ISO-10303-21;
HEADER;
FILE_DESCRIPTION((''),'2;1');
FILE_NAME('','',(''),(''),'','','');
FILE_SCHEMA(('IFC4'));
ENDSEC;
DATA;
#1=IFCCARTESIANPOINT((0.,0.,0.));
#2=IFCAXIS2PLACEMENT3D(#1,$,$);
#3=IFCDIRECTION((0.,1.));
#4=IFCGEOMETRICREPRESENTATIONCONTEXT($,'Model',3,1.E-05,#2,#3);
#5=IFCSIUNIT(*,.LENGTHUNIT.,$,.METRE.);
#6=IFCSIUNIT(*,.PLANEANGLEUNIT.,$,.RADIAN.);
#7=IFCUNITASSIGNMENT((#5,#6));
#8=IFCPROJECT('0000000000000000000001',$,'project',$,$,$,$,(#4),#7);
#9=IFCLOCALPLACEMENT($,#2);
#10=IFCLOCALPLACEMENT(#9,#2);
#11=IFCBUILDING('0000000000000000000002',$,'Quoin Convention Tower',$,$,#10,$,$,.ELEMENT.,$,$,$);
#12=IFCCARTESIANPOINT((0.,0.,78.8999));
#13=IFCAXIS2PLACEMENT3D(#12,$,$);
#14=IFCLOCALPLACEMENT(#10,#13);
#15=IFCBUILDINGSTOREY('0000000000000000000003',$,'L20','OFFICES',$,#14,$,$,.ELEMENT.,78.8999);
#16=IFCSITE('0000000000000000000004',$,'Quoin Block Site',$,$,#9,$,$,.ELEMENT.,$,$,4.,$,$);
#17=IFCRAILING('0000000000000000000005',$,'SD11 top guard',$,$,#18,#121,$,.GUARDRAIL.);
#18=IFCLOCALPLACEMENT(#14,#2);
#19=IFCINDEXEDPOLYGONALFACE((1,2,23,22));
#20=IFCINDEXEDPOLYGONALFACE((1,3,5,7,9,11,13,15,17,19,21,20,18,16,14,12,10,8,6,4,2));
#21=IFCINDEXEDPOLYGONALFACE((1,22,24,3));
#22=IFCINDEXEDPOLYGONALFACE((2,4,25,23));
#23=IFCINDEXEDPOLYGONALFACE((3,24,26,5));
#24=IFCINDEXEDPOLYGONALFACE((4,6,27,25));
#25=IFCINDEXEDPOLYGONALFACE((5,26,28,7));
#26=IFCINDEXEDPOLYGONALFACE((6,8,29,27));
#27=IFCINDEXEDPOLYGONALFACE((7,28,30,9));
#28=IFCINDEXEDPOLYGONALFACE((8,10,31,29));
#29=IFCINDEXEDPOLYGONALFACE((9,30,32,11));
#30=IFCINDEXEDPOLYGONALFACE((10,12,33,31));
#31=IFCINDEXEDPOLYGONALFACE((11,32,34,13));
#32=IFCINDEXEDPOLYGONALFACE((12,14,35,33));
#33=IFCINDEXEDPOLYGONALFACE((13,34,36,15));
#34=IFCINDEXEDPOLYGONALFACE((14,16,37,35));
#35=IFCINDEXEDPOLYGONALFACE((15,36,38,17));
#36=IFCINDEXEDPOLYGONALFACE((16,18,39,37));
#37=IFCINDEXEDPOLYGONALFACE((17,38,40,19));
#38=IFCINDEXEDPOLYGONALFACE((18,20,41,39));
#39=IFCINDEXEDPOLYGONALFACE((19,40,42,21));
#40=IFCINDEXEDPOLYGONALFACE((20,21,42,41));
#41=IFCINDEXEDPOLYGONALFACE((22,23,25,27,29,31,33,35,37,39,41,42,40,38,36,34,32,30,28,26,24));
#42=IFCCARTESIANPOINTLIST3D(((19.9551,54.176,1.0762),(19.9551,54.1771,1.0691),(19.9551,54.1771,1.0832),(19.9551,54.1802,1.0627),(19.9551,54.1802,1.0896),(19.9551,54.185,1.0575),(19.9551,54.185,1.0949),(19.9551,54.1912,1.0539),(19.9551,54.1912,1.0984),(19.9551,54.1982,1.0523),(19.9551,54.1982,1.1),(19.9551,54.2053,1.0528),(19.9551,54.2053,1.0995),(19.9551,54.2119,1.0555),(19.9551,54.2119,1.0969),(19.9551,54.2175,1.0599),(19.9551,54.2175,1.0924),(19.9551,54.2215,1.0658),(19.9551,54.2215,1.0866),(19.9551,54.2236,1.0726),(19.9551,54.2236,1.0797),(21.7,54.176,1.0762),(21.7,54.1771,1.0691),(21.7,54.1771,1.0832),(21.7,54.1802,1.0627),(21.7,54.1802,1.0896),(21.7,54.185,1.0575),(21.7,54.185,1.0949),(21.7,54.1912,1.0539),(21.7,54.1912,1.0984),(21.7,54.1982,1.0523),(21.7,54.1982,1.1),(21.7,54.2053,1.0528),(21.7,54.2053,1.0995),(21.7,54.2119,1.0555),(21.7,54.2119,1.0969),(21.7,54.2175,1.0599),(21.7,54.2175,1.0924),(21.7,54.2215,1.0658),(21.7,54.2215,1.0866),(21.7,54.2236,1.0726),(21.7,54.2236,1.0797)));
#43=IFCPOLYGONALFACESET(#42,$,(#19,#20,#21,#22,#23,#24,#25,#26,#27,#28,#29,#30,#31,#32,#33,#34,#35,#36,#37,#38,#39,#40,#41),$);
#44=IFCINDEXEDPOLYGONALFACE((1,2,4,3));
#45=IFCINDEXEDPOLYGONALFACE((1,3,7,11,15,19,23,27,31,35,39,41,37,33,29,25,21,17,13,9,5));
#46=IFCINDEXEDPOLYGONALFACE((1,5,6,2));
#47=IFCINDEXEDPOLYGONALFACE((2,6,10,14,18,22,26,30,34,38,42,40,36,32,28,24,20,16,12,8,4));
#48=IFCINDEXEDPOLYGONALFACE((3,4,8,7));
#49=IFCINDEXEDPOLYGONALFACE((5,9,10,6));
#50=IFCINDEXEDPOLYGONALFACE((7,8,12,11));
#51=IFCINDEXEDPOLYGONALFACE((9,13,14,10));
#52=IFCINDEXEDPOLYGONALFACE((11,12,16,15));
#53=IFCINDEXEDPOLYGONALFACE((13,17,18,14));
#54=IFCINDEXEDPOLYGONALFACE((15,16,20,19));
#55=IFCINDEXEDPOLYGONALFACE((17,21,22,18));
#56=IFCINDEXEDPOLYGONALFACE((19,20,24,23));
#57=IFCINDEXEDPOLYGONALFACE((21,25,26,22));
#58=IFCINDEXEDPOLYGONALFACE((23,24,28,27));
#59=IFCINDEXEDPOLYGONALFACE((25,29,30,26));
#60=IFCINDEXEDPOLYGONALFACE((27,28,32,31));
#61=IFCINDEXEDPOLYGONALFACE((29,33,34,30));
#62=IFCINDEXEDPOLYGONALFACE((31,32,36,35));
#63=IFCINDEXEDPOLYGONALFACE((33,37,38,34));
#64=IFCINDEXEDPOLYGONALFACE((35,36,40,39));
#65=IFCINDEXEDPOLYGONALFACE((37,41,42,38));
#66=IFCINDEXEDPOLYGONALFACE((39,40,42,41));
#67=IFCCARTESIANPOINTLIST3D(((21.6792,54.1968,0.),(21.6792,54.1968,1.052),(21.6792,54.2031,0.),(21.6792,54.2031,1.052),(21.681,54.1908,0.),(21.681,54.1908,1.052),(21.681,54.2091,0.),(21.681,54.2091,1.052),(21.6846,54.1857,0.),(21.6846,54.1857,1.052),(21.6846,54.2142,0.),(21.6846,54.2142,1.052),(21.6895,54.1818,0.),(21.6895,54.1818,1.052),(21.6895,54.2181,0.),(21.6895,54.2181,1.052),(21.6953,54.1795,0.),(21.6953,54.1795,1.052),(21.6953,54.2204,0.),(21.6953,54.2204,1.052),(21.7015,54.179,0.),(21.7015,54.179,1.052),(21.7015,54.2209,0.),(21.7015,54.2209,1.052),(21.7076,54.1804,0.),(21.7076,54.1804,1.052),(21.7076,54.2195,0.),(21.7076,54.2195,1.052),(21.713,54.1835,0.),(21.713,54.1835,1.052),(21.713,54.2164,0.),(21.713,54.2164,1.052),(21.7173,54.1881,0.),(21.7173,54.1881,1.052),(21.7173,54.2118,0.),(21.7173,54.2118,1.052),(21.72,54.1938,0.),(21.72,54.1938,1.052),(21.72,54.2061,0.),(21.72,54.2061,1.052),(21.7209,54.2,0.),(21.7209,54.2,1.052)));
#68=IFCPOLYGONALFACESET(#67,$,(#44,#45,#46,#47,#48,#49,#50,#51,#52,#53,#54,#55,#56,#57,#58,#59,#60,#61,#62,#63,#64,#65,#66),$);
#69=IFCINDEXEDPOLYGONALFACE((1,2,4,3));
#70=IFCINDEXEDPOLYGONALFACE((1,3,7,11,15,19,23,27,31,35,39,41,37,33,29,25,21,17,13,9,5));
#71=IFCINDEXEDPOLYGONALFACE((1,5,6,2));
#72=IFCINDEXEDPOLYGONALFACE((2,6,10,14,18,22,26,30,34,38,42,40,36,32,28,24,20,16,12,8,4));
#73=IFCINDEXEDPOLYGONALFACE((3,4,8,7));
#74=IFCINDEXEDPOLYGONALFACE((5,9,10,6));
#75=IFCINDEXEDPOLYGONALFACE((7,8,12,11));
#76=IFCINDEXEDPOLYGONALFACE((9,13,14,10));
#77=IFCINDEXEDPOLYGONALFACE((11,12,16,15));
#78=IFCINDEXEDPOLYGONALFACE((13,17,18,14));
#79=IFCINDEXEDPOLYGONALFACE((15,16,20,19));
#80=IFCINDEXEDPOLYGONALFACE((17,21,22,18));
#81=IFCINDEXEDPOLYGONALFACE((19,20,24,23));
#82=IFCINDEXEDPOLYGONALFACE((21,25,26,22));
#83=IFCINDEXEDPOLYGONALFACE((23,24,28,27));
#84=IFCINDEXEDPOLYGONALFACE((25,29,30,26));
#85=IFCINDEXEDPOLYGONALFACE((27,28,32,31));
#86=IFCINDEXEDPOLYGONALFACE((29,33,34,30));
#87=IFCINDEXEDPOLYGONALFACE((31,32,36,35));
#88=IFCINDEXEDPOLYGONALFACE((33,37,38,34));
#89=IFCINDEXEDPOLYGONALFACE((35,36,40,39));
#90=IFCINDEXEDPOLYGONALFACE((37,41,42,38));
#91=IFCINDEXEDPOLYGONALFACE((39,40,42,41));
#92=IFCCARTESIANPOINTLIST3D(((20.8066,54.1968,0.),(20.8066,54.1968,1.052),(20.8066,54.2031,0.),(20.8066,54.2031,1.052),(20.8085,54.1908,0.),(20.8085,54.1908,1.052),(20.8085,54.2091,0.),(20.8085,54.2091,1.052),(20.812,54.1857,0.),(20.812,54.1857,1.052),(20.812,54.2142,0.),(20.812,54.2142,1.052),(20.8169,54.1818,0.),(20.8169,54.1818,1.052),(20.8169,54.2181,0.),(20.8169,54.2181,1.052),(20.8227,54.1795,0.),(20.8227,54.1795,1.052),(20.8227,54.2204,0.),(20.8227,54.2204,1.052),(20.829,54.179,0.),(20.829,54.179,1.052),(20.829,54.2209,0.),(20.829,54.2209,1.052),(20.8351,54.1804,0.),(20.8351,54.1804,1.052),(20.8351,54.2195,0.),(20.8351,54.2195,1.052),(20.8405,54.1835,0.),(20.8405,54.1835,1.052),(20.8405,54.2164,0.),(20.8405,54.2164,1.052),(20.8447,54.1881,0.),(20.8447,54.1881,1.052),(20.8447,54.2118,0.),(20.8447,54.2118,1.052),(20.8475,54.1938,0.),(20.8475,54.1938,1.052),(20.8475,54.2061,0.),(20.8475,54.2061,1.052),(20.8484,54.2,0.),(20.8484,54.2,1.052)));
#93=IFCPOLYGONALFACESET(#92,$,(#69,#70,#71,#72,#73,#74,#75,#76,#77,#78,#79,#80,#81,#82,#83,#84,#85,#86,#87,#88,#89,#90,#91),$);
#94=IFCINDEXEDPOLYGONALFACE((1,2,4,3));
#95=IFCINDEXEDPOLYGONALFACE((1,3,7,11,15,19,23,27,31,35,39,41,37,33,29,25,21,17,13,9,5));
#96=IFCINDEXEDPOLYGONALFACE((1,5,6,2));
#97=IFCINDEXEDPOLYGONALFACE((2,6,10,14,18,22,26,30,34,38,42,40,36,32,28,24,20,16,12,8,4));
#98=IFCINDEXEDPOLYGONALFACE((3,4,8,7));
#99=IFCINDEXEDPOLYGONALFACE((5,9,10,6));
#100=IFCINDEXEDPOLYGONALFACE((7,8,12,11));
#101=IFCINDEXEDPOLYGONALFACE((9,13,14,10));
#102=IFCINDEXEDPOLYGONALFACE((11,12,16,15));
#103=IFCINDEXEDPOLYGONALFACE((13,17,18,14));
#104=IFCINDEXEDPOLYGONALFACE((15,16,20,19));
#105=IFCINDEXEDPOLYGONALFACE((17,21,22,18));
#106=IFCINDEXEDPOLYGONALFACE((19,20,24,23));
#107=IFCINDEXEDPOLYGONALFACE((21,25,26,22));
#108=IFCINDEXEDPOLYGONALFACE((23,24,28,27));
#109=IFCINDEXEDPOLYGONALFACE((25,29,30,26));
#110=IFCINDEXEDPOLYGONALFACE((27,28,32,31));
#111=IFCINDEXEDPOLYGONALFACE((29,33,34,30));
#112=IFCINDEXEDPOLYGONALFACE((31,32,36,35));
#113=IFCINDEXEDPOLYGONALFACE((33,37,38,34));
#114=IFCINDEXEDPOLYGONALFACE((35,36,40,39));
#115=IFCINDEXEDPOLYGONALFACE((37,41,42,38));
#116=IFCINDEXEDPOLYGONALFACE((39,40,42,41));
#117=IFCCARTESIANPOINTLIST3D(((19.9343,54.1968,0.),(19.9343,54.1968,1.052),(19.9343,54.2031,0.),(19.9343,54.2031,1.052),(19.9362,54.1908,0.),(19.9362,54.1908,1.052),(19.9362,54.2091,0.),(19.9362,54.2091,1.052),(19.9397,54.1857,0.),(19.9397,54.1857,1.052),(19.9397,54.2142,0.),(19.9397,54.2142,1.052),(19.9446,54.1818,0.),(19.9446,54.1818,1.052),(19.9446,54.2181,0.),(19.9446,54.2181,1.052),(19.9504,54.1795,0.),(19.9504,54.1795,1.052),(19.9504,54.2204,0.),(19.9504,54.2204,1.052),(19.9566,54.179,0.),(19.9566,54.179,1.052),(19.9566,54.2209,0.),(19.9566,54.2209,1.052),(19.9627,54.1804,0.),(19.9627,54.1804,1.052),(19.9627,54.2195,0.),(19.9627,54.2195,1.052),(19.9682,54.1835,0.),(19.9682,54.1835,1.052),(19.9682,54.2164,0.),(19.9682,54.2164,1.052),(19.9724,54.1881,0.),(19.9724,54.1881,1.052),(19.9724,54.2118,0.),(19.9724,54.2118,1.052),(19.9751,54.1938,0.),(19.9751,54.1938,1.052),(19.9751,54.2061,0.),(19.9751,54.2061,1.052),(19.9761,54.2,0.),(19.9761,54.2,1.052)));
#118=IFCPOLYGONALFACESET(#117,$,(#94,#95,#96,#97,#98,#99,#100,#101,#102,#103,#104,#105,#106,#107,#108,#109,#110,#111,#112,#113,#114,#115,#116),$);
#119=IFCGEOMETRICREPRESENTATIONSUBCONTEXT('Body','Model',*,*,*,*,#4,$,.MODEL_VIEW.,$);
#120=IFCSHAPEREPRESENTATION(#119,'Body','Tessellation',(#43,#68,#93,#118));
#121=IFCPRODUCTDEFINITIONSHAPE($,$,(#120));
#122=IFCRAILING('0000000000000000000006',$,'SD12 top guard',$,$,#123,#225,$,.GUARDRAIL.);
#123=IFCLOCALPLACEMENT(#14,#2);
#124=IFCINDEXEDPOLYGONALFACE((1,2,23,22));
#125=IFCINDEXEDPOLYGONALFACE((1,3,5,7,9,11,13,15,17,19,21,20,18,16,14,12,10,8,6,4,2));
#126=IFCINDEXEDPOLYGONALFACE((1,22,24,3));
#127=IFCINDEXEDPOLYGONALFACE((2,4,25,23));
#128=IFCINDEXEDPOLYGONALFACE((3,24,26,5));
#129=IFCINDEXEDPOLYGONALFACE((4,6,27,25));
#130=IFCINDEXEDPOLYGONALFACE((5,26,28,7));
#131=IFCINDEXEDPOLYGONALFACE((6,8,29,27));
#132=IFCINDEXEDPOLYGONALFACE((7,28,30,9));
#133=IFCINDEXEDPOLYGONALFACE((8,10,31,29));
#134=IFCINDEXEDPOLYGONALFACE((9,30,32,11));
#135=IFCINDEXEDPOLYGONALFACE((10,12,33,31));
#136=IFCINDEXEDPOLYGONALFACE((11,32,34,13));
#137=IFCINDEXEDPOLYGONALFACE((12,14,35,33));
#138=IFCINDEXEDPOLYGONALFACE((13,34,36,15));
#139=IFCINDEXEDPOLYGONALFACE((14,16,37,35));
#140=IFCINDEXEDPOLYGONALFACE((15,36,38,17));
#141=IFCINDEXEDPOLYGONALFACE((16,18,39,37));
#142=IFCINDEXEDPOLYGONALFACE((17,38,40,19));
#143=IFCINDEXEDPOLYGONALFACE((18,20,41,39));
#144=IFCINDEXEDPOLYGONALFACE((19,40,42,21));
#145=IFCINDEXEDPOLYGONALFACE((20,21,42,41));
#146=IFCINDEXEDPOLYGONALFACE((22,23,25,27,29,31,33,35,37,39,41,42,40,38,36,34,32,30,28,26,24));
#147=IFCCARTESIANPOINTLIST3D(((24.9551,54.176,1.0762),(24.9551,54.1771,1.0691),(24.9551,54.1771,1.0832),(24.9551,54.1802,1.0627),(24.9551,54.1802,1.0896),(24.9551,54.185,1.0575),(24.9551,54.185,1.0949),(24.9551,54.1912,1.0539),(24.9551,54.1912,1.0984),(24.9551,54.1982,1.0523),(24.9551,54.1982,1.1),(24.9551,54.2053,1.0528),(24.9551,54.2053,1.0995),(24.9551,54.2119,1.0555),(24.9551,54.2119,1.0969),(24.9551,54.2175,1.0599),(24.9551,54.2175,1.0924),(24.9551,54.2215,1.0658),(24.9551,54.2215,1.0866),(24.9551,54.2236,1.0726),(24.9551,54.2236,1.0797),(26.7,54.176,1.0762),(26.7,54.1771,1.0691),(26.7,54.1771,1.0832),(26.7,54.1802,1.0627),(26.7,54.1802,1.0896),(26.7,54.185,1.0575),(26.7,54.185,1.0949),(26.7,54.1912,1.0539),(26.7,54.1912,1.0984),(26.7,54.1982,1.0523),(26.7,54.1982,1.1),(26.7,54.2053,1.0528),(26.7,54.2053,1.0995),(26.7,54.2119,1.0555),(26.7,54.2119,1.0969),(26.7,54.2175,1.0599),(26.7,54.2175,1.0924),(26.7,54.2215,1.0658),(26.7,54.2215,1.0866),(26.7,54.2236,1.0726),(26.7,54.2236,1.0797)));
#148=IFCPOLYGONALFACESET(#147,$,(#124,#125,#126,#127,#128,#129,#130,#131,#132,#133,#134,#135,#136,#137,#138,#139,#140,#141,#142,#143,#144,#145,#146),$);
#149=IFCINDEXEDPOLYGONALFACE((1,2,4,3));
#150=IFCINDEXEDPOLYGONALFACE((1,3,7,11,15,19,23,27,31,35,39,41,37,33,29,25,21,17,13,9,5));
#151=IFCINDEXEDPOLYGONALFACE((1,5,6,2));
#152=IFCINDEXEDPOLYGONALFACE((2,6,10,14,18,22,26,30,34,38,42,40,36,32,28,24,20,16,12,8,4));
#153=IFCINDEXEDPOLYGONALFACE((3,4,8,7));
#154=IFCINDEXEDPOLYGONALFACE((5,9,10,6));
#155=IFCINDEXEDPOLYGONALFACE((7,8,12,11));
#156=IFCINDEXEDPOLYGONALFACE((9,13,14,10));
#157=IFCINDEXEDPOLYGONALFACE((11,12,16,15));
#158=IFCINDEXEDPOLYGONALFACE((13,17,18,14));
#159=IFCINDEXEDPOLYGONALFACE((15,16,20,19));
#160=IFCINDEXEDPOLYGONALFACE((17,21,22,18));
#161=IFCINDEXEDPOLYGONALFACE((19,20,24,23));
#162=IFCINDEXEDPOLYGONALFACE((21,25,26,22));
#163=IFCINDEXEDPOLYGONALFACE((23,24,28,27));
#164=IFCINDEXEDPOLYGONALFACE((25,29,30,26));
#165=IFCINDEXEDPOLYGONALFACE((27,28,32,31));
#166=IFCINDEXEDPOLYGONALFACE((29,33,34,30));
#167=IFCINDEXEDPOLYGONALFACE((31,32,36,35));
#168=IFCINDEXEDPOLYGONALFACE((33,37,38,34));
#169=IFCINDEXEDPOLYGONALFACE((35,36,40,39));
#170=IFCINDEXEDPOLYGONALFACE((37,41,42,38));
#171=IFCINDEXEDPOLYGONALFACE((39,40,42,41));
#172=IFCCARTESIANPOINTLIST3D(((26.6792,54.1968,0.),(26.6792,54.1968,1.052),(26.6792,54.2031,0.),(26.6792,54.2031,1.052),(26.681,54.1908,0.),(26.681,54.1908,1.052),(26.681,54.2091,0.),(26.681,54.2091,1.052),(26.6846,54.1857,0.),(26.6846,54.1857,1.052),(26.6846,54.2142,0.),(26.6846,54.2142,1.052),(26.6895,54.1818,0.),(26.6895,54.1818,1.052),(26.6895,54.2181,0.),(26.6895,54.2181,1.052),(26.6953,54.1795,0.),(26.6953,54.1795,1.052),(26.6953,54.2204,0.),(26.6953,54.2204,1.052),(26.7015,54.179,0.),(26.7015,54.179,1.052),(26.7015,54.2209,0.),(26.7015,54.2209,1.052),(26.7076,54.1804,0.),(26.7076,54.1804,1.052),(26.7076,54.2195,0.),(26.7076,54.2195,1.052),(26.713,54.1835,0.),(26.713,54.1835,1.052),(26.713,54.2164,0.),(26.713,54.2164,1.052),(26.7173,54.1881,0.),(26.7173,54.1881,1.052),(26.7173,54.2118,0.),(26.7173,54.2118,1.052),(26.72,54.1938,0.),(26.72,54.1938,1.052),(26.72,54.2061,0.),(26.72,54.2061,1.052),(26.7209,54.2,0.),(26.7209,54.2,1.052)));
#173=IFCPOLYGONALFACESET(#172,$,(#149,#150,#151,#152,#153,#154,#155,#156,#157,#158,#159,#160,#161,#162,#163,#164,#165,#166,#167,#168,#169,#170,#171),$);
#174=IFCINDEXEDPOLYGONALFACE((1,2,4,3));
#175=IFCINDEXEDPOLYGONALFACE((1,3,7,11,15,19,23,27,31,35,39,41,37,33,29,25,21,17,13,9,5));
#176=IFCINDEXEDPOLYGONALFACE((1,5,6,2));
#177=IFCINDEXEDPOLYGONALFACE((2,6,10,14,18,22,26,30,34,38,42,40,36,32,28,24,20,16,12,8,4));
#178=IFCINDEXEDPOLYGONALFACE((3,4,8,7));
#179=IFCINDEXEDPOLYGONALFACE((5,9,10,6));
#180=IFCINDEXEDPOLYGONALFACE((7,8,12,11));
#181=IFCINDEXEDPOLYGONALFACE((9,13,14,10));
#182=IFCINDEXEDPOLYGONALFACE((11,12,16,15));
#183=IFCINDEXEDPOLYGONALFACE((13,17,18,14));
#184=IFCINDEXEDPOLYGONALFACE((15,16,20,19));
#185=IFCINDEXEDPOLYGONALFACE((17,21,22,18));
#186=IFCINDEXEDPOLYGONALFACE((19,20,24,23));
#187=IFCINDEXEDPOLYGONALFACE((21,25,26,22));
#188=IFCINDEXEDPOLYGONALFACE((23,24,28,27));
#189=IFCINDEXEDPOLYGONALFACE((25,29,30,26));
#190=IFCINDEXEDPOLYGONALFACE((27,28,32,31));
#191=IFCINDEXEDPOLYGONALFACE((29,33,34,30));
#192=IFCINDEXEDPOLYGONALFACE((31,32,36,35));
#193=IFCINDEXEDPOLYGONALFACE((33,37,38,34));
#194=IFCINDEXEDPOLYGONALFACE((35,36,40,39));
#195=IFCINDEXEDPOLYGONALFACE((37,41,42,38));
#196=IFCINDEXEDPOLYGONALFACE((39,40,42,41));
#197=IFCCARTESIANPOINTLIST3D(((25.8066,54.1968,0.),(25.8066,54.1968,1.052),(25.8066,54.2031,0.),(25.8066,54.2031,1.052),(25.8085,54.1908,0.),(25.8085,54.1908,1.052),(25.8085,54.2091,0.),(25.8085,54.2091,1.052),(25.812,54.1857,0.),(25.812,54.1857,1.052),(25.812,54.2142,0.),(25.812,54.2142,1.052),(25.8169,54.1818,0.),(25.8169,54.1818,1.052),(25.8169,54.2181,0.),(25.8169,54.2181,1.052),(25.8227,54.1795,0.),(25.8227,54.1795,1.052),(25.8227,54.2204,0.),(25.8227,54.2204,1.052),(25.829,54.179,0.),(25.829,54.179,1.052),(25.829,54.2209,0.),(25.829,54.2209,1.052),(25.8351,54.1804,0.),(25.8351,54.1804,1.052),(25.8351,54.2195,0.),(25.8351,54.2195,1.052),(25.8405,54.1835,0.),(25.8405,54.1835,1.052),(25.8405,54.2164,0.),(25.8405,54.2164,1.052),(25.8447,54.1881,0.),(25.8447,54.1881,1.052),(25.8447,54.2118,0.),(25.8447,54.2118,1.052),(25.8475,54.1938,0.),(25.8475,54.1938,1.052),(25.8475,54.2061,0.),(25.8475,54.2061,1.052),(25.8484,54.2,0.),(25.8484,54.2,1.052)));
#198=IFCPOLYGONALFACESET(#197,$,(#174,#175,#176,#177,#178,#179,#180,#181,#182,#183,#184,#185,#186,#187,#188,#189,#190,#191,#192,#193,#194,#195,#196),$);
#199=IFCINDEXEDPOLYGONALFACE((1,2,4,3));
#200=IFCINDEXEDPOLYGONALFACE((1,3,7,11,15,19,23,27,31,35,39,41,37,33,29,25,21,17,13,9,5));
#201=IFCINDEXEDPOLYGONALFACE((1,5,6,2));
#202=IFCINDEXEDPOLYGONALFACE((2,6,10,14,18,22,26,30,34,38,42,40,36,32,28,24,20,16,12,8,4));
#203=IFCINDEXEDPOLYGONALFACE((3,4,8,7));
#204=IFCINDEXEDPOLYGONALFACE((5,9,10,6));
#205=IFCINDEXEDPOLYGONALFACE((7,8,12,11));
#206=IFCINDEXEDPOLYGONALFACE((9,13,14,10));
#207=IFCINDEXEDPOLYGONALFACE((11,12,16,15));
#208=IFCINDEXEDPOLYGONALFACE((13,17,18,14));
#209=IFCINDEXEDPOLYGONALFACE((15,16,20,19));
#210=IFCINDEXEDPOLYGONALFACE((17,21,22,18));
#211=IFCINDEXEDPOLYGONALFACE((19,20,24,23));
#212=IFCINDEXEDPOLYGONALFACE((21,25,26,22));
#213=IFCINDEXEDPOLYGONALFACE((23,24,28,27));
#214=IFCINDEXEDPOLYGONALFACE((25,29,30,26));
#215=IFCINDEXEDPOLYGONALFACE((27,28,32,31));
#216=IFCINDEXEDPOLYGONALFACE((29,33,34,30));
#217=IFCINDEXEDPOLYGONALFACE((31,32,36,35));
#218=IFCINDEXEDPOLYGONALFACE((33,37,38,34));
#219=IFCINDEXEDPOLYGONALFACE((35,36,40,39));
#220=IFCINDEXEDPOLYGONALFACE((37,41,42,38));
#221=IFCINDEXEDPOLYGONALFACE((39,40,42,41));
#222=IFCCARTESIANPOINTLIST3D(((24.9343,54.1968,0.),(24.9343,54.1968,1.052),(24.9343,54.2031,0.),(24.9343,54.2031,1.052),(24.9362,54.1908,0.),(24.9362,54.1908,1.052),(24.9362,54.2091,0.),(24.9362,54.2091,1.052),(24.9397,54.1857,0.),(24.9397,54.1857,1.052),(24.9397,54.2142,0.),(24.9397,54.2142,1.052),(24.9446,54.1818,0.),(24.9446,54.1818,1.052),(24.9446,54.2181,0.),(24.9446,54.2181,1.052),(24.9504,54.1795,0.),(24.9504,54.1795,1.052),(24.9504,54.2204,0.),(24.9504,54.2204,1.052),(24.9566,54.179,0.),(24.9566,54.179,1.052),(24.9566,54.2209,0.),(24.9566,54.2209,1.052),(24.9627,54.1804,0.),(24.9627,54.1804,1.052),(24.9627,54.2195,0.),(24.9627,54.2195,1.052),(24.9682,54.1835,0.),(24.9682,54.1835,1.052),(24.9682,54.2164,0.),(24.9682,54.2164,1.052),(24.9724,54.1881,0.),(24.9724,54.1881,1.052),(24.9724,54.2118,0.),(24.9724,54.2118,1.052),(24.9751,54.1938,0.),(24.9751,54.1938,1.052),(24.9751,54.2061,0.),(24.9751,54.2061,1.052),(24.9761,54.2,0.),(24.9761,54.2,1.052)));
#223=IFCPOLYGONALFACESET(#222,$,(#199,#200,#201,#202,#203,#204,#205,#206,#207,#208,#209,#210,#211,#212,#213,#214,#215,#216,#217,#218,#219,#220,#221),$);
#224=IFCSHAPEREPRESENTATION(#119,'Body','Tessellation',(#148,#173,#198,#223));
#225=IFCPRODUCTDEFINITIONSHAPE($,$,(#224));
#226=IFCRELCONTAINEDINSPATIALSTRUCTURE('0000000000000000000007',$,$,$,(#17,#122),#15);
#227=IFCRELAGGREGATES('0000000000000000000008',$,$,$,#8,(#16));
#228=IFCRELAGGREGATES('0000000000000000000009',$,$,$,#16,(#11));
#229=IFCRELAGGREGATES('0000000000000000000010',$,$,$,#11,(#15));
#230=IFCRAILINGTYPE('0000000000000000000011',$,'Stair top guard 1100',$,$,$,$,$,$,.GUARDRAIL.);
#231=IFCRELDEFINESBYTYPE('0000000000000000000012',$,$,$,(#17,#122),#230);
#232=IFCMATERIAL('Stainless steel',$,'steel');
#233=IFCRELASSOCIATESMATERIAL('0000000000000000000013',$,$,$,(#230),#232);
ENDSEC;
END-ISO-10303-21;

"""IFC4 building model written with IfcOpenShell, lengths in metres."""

from ifc_helpers import new_model, si_unit, direction, frame, origin, origin_2d, place, context, subcontext, project, spatial, circle, extrude, material, type_object, element, save


model = new_model("IFC4")

# Units and contexts
model_context = context("Model", 3, precision=1e-05, world=origin(), true_north=direction((0.0, 1.0)))
body_context = subcontext(model_context, "Body", "Model", "MODEL_VIEW")
ifc_project = project(units=[si_unit("LENGTHUNIT", "METRE"), si_unit("PLANEANGLEUNIT", "RADIAN")], contexts=[model_context])

# Site, building, storey
site_placement = place(None, origin())
site = spatial("IfcSite", under=ifc_project, at=site_placement, Name="Quoin Block Site", CompositionType="ELEMENT", RefElevation=4.0)
building_placement = place(site_placement, origin())
building = spatial("IfcBuilding", under=site, at=building_placement, Name="Quoin Convention Tower", CompositionType="ELEMENT")
storey_placement = place(building_placement, frame((0.0, 0.0, 78.8999)))
storey = spatial("IfcBuildingStorey", under=building, at=storey_placement, Name="L20", Description="OFFICES", CompositionType="ELEMENT", Elevation=78.8999)

# Railings
ifc_material_1 = material(Name="Stainless steel", Category="steel")
railing_type_1 = type_object("IfcRailingType", Name="Stair top guard 1100", PredefinedType="GUARDRAIL", material=ifc_material_1)
for number, where, name in (
    (1, (21.7, 54.2, 0.0), "SD11 top guard"),
    (2, (26.7, 54.2, 0.0), "SD12 top guard"),
):
    element("IfcRailing", number, at=place(storey_placement, frame(where)), inside=storey, type_object=railing_type_1, Name=name, PredefinedType="GUARDRAIL", context=body_context, shape_type="SweptSolid", body=[
        extrude(circle(Radius=0.0239, at=origin_2d()), frame((0.0, 0.0, 1.0762), z_axis=(-1.0, 0.0, 0.0), x_axis=(0.0, -1.0, 0.0)), (0.0, 0.0, 1.0), 1.7449),
        extrude(circle(Radius=0.021, at=origin_2d()), origin(), (0.0, 0.0, 1.0), 1.052),
        extrude(circle(Radius=0.021, at=origin_2d()), frame((-0.8726, 0.0, 0.0)), (0.0, 0.0, 1.0), 1.052),
        extrude(circle(Radius=0.021, at=origin_2d()), frame((-1.7449, 0.0, 0.0)), (0.0, 0.0, 1.0), 1.052),
    ])

save(model, "model.ifc")
